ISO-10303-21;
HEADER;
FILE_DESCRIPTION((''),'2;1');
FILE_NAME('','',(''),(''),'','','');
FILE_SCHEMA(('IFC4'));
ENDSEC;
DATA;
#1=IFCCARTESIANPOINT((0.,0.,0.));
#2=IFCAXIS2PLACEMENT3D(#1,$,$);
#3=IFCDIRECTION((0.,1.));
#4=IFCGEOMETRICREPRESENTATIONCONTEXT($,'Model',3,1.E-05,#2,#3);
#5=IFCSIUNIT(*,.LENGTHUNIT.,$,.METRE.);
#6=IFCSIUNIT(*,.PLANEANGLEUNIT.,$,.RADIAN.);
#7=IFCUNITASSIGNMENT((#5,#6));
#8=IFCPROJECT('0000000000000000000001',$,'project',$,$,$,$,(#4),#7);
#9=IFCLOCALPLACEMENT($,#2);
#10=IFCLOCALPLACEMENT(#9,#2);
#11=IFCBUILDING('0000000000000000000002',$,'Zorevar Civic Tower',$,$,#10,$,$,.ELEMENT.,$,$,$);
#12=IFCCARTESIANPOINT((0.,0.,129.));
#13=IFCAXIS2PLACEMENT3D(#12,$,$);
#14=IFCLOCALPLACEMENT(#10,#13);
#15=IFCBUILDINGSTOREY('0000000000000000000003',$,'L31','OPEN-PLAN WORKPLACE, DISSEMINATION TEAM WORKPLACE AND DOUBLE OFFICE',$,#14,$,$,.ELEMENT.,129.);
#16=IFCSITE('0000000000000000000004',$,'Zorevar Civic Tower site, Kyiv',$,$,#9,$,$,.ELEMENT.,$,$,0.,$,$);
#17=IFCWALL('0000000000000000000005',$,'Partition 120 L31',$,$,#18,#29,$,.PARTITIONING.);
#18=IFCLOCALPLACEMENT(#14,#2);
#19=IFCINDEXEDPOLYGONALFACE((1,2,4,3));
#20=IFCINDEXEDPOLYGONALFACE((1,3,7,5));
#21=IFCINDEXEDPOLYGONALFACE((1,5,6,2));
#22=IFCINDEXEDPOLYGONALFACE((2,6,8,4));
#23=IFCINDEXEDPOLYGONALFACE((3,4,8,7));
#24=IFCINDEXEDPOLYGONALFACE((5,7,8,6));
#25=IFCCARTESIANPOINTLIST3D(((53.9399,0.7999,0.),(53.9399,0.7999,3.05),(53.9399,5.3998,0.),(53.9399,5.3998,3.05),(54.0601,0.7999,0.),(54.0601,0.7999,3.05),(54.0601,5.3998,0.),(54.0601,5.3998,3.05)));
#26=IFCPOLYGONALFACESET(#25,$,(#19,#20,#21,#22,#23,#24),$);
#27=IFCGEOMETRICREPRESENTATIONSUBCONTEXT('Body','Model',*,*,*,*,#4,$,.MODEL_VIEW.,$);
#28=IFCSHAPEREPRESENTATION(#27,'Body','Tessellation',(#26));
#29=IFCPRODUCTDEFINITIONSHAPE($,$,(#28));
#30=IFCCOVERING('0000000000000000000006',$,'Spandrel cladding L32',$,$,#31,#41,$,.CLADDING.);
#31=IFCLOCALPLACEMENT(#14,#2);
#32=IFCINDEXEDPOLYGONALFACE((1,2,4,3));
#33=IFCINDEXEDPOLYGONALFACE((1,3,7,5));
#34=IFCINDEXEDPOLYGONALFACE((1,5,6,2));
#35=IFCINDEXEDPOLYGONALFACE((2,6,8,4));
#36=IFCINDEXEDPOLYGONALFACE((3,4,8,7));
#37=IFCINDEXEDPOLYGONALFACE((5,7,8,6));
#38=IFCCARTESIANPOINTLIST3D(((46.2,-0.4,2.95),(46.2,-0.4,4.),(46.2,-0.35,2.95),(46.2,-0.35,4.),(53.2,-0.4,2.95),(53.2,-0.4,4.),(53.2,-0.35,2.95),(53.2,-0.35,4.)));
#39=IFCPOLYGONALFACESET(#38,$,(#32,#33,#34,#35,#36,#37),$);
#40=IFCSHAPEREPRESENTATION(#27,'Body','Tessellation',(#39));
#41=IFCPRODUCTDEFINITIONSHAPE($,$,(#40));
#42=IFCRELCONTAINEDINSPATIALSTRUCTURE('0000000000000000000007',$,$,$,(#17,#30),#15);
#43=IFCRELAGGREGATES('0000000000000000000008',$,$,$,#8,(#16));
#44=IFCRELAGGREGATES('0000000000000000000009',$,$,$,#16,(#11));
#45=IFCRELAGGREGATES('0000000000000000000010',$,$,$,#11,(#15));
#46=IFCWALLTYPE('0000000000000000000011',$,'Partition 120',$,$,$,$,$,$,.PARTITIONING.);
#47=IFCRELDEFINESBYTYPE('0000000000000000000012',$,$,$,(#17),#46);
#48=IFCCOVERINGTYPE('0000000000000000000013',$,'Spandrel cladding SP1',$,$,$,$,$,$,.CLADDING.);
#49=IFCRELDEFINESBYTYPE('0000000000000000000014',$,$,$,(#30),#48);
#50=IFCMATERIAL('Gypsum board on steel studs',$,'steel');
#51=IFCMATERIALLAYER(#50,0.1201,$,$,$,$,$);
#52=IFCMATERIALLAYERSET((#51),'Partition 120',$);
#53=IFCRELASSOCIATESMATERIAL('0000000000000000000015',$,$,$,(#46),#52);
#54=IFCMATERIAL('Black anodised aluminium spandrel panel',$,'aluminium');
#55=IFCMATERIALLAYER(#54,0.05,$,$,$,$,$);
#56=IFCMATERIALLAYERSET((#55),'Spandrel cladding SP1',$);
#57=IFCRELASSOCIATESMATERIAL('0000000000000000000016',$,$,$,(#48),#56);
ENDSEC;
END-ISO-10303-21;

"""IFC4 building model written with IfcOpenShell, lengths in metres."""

from ifc_helpers import new_model, si_unit, direction, frame, frame_2d, origin, place, context, subcontext, project, spatial, rectangle, extrude, material, layer, layer_set, type_object, element, save


model = new_model("IFC4")

# Units and contexts
model_context = context("Model", 3, precision=1e-05, world=origin(), true_north=direction((0.0, 1.0)))
body_context = subcontext(model_context, "Body", "Model", "MODEL_VIEW")
ifc_project = project(units=[si_unit("LENGTHUNIT", "METRE"), si_unit("PLANEANGLEUNIT", "RADIAN")], contexts=[model_context])

# Site, building, storey
site_placement = place(None, origin())
site = spatial("IfcSite", under=ifc_project, at=site_placement, Name="Zorevar Civic Tower site, Kyiv", CompositionType="ELEMENT", RefElevation=0.0)
building_placement = place(site_placement, origin())
building = spatial("IfcBuilding", under=site, at=building_placement, Name="Zorevar Civic Tower", CompositionType="ELEMENT")
storey_placement = place(building_placement, frame((0.0, 0.0, 129.0)))
storey = spatial("IfcBuildingStorey", under=building, at=storey_placement, Name="L31", Description="OPEN-PLAN WORKPLACE, DISSEMINATION TEAM WORKPLACE AND DOUBLE OFFICE", CompositionType="ELEMENT", Elevation=129.0)

# Shared definitions
ifc_material_1 = material(Name="Gypsum board on steel studs", Category="steel")
ifc_layer_1 = layer(ifc_material_1, 0.1201)
ifc_layer_set_1 = layer_set([ifc_layer_1], Name="Partition 120")
wall_type_1 = type_object("IfcWallType", Name="Partition 120", PredefinedType="PARTITIONING", material=ifc_layer_set_1)

# Wall
wall_1_placement = place(storey_placement, frame((54.0, 0.8, 0.0), z_axis=(0.0, 0.0, 1.0), x_axis=(0.0, 1.0, 0.0)))
element("IfcWall", 1, at=wall_1_placement, inside=storey, type_object=wall_type_1, Name="Partition 120 L31", PredefinedType="PARTITIONING", context=body_context, shape_type="SweptSolid", body=[
    extrude(rectangle(XDim=4.5999, YDim=0.1201, at=frame_2d((2.2998, 0.0))), origin(), (0.0, 0.0, 1.0), 3.05),
])

# Covering
ifc_material_2 = material(Name="Black anodised aluminium spandrel panel", Category="aluminium")
ifc_layer_2 = layer(ifc_material_2, 0.05)
ifc_layer_set_2 = layer_set([ifc_layer_2], Name="Spandrel cladding SP1")
covering_type = type_object("IfcCoveringType", Name="Spandrel cladding SP1", PredefinedType="CLADDING", material=ifc_layer_set_2)
covering_placement = place(storey_placement, frame((46.2, -0.375, 2.95), z_axis=(0.0, 0.0, 1.0), x_axis=(1.0, 0.0, 0.0)))
element("IfcCovering", 2, at=covering_placement, inside=storey, type_object=covering_type, Name="Spandrel cladding L32", PredefinedType="CLADDING", context=body_context, shape_type="SweptSolid", body=[
    extrude(rectangle(XDim=7.0, YDim=0.05, at=frame_2d((3.5, 0.0))), origin(), (0.0, 0.0, 1.0), 1.05),
])

save(model, "model.ifc")
